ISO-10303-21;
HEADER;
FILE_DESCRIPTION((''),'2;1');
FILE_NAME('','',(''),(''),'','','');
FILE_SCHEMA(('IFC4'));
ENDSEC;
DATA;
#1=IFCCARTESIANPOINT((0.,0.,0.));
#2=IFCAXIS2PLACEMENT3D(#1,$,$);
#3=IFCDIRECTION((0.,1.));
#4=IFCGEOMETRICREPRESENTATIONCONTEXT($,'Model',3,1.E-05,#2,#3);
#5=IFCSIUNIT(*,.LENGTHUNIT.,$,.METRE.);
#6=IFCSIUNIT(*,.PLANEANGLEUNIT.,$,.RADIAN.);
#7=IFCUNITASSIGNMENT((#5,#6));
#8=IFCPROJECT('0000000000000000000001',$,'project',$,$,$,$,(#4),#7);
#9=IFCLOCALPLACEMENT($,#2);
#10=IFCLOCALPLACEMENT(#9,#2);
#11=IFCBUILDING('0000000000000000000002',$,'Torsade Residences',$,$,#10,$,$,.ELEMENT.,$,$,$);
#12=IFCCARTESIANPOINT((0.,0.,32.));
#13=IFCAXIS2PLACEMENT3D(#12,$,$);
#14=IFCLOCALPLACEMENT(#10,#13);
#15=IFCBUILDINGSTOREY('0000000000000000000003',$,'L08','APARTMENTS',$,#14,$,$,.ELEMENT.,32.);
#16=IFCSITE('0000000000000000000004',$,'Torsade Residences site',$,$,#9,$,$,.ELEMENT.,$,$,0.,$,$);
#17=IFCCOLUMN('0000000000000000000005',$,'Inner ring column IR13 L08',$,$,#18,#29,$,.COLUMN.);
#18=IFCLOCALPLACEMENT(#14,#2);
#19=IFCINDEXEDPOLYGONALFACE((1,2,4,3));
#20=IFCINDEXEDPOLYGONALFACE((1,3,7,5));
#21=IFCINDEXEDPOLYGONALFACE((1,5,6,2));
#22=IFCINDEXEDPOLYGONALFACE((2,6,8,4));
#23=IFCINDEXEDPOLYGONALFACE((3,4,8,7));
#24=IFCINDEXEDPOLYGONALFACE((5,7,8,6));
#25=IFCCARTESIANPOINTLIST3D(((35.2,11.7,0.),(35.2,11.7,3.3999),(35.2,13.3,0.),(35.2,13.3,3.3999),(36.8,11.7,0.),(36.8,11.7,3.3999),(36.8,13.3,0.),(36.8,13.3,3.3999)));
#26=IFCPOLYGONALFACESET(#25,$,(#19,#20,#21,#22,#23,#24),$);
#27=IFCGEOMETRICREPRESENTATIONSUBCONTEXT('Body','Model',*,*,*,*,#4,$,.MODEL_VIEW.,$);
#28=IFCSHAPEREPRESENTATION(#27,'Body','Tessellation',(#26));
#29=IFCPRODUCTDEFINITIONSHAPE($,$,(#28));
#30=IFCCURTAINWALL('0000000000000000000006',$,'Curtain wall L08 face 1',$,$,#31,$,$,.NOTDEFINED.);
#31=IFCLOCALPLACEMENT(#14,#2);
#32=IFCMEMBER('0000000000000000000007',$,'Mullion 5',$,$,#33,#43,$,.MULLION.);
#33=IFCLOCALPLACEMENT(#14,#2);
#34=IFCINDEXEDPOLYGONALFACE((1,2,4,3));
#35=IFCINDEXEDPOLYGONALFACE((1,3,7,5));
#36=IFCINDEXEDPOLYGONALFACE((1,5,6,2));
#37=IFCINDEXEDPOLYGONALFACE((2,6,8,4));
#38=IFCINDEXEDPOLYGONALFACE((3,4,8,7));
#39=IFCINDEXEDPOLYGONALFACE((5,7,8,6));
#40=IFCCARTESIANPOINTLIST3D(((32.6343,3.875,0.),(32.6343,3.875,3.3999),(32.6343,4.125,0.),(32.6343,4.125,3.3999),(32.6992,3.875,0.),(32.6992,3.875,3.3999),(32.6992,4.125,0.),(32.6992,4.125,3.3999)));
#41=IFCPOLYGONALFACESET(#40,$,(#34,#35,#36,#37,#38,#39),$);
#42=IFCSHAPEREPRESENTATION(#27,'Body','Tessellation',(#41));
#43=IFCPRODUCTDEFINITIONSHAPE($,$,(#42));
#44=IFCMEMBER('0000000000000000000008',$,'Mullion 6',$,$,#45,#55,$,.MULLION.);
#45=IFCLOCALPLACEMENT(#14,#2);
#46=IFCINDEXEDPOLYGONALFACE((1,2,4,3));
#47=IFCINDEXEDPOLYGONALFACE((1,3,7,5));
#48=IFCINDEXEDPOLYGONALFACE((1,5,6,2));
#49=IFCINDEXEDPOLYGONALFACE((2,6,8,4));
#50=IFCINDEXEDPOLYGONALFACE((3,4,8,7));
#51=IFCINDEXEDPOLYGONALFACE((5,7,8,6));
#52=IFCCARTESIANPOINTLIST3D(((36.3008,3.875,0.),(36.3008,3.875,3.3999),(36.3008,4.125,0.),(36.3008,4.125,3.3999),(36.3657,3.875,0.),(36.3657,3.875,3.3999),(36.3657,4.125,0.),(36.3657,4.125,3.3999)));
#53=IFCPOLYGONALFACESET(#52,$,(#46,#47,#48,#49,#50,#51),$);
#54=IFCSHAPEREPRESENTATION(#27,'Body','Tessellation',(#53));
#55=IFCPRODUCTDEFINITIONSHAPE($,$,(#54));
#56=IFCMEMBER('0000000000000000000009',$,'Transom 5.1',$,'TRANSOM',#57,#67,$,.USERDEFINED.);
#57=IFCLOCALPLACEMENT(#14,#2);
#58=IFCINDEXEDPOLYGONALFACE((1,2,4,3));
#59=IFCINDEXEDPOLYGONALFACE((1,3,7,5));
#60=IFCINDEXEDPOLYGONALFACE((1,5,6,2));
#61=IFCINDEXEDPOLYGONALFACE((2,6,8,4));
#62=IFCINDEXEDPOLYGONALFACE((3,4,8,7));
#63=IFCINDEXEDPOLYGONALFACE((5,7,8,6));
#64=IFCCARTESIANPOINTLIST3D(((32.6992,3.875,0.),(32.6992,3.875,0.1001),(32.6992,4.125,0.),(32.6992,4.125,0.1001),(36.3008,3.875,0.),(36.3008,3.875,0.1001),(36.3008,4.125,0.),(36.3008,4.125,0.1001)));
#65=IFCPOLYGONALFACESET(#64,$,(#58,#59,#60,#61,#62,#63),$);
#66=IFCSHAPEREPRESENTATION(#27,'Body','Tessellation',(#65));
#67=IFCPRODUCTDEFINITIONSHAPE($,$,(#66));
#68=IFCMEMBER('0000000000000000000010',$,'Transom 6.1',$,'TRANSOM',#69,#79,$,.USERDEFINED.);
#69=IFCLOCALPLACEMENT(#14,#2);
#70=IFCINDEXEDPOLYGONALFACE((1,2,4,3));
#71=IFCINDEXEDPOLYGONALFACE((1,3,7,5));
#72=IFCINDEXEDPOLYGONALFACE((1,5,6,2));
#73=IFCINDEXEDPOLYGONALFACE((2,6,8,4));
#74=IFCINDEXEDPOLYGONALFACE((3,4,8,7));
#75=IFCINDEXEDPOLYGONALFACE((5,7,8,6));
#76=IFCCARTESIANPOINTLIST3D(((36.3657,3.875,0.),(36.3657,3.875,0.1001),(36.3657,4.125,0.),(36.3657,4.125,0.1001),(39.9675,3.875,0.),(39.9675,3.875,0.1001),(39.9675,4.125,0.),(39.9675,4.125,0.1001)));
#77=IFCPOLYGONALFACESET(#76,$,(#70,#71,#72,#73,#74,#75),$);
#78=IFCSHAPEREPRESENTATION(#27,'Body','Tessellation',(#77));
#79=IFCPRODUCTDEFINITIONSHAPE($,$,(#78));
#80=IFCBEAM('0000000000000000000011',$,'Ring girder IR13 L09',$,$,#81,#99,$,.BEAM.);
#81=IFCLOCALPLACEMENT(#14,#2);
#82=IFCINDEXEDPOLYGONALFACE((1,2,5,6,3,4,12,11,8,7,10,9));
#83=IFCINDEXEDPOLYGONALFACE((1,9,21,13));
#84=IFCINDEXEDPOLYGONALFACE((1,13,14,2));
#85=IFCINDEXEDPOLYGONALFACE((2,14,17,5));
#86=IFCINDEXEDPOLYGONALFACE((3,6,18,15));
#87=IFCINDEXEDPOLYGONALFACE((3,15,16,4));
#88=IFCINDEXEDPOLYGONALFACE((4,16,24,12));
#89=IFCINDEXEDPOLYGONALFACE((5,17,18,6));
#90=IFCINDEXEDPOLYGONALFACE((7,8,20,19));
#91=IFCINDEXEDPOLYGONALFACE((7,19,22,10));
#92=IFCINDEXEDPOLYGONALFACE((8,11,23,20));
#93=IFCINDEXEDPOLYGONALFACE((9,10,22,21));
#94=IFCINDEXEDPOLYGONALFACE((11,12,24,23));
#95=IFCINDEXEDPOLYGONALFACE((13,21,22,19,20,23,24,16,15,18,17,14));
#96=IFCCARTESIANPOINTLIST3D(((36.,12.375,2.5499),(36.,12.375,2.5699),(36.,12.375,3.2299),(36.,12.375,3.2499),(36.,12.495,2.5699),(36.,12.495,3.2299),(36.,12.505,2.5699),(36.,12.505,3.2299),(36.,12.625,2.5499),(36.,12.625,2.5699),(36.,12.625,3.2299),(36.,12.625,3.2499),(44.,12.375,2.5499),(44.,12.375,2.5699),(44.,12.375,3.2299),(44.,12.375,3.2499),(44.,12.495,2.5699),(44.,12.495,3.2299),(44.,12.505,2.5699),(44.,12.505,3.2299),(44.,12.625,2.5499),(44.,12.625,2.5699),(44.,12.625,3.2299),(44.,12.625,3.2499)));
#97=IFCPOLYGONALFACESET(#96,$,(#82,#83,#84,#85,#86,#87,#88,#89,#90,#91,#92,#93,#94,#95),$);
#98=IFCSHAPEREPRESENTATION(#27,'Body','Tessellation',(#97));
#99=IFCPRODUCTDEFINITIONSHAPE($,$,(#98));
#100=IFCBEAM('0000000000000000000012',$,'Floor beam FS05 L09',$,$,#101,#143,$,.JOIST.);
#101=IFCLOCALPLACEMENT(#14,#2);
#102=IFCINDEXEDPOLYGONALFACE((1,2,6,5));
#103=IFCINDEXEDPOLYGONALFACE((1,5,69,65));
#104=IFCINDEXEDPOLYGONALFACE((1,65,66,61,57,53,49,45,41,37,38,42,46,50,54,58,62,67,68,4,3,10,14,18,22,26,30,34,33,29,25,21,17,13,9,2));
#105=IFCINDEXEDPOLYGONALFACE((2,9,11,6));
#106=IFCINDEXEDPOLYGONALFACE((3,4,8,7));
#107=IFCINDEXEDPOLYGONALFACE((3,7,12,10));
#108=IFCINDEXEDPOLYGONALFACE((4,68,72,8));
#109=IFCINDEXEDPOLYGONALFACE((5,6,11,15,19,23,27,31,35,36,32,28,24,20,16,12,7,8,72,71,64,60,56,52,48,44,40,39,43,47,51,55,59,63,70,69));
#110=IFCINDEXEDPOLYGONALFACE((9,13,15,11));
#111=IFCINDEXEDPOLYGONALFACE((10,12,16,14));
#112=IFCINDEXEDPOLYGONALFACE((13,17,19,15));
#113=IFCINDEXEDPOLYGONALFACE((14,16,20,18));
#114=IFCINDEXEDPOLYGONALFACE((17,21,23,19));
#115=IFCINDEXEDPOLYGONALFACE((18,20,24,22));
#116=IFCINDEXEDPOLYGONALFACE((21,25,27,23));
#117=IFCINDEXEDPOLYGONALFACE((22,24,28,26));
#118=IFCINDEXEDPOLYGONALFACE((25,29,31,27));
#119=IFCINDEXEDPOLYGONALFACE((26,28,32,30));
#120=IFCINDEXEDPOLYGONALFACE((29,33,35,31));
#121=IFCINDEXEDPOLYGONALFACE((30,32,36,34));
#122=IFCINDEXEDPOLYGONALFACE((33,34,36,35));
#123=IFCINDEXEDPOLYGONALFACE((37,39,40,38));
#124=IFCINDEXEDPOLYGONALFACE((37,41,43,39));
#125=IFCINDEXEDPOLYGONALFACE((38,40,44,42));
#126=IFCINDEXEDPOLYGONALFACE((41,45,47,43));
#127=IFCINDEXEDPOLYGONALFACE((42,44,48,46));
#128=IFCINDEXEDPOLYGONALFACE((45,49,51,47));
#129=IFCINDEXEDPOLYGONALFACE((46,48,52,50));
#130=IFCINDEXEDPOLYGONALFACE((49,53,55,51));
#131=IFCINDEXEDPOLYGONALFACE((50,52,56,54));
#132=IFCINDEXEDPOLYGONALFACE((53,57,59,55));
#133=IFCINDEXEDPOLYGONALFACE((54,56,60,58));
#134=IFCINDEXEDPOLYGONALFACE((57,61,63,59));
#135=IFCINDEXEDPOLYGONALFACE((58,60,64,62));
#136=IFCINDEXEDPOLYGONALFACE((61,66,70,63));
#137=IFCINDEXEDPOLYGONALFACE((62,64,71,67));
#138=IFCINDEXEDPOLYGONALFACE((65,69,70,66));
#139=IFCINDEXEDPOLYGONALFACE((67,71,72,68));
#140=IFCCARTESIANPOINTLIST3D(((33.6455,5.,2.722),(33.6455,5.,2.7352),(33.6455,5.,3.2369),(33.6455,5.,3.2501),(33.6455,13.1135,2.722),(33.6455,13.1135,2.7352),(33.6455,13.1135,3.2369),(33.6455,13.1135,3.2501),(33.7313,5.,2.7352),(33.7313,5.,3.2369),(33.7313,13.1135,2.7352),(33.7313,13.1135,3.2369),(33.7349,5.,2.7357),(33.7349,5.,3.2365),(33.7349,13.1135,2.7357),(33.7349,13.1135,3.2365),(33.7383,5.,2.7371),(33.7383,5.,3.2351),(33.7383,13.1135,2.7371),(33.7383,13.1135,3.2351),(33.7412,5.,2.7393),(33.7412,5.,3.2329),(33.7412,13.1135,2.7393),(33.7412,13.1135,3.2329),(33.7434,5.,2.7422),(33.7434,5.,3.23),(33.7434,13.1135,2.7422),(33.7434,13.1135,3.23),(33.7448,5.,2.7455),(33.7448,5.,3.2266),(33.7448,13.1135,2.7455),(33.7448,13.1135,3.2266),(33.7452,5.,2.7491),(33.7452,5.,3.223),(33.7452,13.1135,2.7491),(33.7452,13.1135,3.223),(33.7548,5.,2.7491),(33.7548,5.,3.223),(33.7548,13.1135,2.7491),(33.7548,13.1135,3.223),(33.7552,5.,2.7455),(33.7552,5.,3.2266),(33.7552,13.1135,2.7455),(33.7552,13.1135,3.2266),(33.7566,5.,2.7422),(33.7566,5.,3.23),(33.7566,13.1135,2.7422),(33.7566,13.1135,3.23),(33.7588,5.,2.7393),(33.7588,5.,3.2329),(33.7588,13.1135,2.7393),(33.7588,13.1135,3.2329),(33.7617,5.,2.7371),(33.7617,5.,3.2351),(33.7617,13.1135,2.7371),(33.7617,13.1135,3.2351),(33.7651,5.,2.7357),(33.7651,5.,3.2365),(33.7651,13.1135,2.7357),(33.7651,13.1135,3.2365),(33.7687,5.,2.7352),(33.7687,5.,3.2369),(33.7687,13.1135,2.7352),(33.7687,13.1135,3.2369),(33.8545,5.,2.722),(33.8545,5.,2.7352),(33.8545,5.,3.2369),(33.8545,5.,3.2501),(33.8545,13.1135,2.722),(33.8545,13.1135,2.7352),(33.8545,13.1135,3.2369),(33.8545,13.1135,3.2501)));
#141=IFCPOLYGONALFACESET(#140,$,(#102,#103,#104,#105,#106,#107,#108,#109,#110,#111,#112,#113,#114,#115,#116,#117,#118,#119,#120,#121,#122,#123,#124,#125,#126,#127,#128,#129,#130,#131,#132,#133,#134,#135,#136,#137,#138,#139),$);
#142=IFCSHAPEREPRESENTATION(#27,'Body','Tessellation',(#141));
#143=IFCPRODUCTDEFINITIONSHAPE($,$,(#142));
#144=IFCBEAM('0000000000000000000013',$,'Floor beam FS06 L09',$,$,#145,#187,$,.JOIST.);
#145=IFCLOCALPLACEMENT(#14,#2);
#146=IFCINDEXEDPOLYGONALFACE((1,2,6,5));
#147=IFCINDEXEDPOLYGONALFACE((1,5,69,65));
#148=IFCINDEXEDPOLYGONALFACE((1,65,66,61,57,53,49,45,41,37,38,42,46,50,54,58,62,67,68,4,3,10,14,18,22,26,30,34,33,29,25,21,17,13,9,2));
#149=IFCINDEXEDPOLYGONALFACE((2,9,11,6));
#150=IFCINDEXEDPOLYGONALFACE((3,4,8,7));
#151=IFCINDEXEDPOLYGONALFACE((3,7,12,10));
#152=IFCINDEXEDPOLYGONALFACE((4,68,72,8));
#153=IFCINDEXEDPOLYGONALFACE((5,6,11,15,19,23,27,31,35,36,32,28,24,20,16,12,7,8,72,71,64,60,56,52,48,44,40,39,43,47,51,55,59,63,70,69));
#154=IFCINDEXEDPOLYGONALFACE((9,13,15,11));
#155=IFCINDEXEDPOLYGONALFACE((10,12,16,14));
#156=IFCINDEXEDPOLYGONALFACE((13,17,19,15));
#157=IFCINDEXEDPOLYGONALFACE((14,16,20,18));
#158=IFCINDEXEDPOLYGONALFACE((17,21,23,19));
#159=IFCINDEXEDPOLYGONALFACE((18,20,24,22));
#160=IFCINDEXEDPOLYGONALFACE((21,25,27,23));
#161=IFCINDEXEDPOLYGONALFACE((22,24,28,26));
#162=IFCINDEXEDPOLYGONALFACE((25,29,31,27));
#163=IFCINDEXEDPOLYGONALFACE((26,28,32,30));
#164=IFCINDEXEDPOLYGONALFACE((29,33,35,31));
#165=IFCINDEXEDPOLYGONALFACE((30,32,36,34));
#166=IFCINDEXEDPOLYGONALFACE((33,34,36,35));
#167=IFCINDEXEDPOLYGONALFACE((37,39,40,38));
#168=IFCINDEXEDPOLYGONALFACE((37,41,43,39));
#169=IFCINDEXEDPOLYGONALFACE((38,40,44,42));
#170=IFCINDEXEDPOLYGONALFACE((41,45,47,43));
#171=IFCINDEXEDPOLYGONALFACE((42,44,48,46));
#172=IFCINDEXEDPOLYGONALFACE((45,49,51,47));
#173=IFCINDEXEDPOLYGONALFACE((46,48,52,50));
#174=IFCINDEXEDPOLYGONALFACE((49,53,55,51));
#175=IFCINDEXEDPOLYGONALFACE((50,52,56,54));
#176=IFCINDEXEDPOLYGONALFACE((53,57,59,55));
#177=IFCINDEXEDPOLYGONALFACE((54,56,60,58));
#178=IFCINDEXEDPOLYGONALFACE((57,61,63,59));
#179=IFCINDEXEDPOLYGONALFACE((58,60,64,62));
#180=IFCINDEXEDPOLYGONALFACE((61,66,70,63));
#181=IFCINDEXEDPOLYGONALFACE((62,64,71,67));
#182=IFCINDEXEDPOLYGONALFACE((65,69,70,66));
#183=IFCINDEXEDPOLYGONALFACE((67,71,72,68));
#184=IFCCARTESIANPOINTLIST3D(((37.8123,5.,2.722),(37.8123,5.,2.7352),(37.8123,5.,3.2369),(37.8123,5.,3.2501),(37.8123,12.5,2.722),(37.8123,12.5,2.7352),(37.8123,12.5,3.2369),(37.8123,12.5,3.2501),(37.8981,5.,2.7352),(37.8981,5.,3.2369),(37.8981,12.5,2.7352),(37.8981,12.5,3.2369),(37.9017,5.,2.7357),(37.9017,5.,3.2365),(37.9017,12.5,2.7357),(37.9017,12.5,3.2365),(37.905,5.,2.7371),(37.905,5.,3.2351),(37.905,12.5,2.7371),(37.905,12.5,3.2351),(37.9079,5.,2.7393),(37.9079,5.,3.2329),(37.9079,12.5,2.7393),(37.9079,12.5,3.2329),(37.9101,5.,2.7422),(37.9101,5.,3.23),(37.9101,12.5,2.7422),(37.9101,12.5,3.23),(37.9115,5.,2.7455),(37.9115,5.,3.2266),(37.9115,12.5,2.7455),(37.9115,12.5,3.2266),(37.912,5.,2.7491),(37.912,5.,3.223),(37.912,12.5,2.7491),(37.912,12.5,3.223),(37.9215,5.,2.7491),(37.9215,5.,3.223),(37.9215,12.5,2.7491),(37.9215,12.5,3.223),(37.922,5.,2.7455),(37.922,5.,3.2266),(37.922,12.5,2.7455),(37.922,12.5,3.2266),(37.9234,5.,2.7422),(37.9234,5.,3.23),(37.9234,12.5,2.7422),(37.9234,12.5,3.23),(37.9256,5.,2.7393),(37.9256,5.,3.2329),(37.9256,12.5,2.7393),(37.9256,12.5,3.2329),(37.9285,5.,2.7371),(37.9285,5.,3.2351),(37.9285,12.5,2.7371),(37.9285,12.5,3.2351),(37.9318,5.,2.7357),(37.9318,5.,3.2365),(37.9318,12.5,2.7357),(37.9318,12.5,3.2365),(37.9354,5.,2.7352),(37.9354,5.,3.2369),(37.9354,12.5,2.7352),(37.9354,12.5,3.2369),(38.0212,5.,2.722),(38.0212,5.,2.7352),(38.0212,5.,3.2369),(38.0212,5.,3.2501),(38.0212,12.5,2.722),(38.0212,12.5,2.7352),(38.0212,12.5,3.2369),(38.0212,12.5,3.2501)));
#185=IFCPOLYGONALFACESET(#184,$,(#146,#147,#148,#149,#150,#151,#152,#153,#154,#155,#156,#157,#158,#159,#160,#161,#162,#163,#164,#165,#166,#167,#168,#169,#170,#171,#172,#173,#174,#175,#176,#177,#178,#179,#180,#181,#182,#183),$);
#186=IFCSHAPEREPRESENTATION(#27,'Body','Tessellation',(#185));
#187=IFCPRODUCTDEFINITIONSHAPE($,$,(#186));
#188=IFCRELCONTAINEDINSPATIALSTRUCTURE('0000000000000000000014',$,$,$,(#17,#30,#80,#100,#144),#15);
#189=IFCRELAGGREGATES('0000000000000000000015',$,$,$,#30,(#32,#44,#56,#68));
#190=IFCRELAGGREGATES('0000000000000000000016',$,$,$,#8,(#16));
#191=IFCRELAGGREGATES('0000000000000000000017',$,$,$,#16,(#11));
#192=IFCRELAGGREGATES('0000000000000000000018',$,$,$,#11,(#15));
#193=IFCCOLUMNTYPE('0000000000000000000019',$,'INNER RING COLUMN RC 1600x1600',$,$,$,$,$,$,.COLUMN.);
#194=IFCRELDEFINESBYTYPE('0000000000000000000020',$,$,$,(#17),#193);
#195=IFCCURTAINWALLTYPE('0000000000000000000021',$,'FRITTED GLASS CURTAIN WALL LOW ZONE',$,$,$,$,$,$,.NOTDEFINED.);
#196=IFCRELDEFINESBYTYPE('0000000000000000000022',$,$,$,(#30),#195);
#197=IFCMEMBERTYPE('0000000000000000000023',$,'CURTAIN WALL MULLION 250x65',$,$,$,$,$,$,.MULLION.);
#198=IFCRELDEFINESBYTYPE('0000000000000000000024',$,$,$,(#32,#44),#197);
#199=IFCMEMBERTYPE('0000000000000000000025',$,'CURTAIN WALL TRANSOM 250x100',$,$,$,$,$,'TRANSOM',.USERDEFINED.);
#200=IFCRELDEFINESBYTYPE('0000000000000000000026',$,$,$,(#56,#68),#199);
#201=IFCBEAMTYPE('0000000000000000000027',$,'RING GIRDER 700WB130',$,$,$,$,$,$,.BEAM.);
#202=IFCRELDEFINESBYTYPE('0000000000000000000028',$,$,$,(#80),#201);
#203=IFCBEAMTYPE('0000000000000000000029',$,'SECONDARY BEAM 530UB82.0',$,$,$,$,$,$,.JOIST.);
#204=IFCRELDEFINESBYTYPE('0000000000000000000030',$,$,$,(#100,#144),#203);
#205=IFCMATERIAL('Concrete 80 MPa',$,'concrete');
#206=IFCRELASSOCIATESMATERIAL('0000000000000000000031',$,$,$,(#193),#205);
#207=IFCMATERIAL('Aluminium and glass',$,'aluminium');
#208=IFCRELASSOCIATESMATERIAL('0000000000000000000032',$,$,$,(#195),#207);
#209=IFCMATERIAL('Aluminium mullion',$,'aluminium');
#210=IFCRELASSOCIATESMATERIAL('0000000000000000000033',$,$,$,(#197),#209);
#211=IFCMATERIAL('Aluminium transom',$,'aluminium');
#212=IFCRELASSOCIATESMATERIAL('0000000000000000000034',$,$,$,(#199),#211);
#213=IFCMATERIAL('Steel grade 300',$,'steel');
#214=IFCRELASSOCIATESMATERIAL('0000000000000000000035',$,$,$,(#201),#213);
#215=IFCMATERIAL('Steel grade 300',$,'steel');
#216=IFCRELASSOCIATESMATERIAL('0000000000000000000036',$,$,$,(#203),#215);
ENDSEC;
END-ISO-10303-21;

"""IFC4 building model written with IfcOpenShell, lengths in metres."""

from ifc_helpers import new_model, si_unit, direction, frame, origin, origin_2d, place, context, subcontext, project, spatial, rectangle, i_section, extrude, material, material_profile, profile_set, type_object, element, aggregate, save


model = new_model("IFC4")

# Units and contexts
model_context = context("Model", 3, precision=1e-05, world=origin(), true_north=direction((0.0, 1.0)))
body_context = subcontext(model_context, "Body", "Model", "MODEL_VIEW")
ifc_project = project(units=[si_unit("LENGTHUNIT", "METRE"), si_unit("PLANEANGLEUNIT", "RADIAN")], contexts=[model_context])

# Site, building, storey
site_placement = place(None, origin())
site = spatial("IfcSite", under=ifc_project, at=site_placement, Name="Torsade Residences site", CompositionType="ELEMENT", RefElevation=0.0)
building_placement = place(site_placement, origin())
building = spatial("IfcBuilding", under=site, at=building_placement, Name="Torsade Residences", CompositionType="ELEMENT")
storey_placement = place(building_placement, frame((0.0, 0.0, 32.0)))
storey = spatial("IfcBuildingStorey", under=building, at=storey_placement, Name="L08", Description="APARTMENTS", CompositionType="ELEMENT", Elevation=32.0)

# Column
ifc_material_1 = material(Name="Concrete 80 MPa", Category="concrete")
ifc_material_profile_1 = material_profile(ifc_material_1, rectangle(XDim=1.6001, YDim=1.6001, at=origin_2d()), Name="RC 1600x1600")
ifc_profile_set_1 = profile_set([ifc_material_profile_1], Name="Concrete 80 MPa")
column_type = type_object("IfcColumnType", Name="INNER RING COLUMN RC 1600x1600", PredefinedType="COLUMN", material=ifc_profile_set_1)
column_placement = place(storey_placement, frame((36.0, 12.5, 0.0), z_axis=(0.0, 0.0, 1.0), x_axis=(1.0, 0.0, 0.0)))
element("IfcColumn", 1, at=column_placement, inside=storey, type_object=column_type, Name="Inner ring column IR13 L08", PredefinedType="COLUMN", context=body_context, shape_type="SweptSolid", body=[
    extrude(rectangle(XDim=1.6001, YDim=1.6001, at=origin_2d()), origin(), (0.0, 0.0, 1.0), 3.3999),
])

# Curtain wall, members
ifc_material_2 = material(Name="Aluminium and glass", Category="aluminium")
curtain_wall_type = type_object("IfcCurtainWallType", Name="FRITTED GLASS CURTAIN WALL LOW ZONE", PredefinedType="NOTDEFINED", material=ifc_material_2)
curtain_wall_placement = place(storey_placement, origin())
curtain_wall = element("IfcCurtainWall", 2, at=curtain_wall_placement, inside=storey, type_object=curtain_wall_type, Name="Curtain wall L08 face 1", PredefinedType="NOTDEFINED")
ifc_material_3 = material(Name="Aluminium mullion", Category="aluminium")
ifc_material_profile_2 = material_profile(ifc_material_3, rectangle(XDim=0.25, YDim=0.0649, at=origin_2d()), Name="CURTAIN WALL MULLION 250x65")
ifc_profile_set_2 = profile_set([ifc_material_profile_2], Name="Aluminium mullion")
member_type_1 = type_object("IfcMemberType", Name="CURTAIN WALL MULLION 250x65", PredefinedType="MULLION", material=ifc_profile_set_2)
member_1_placement = place(storey_placement, frame((32.6667, 4.0, 0.0), z_axis=(0.0, 0.0, 1.0), x_axis=(0.0, 1.0, 0.0)))
member_1 = element("IfcMember", 3, at=member_1_placement, type_object=member_type_1, Name="Mullion 5", PredefinedType="MULLION", context=body_context, shape_type="SweptSolid", body=[
    extrude(rectangle(XDim=0.25, YDim=0.0649, at=origin_2d()), origin(), (0.0, 0.0, 1.0), 3.3999),
])
member_2_placement = place(storey_placement, frame((36.3333, 4.0, 0.0), z_axis=(0.0, 0.0, 1.0), x_axis=(0.0, 1.0, 0.0)))
member_2 = element("IfcMember", 4, at=member_2_placement, type_object=member_type_1, Name="Mullion 6", PredefinedType="MULLION", context=body_context, shape_type="SweptSolid", body=[
    extrude(rectangle(XDim=0.25, YDim=0.0649, at=origin_2d()), origin(), (0.0, 0.0, 1.0), 3.3999),
])
ifc_material_4 = material(Name="Aluminium transom", Category="aluminium")
ifc_material_profile_3 = material_profile(ifc_material_4, rectangle(XDim=0.25, YDim=0.1001, at=origin_2d()), Name="CURTAIN WALL TRANSOM 250x100")
ifc_profile_set_3 = profile_set([ifc_material_profile_3], Name="Aluminium transom")
member_type_2 = type_object("IfcMemberType", Name="CURTAIN WALL TRANSOM 250x100", ElementType="TRANSOM", PredefinedType="USERDEFINED", material=ifc_profile_set_3)
member_3_placement = place(storey_placement, frame((32.6992, 4.0, 0.05), z_axis=(1.0, 0.0, 0.0), x_axis=(0.0, 1.0, 0.0)))
member_3 = element("IfcMember", 5, at=member_3_placement, type_object=member_type_2, Name="Transom 5.1", ObjectType="TRANSOM", PredefinedType="USERDEFINED", context=body_context, shape_type="SweptSolid", body=[
    extrude(rectangle(XDim=0.25, YDim=0.1001, at=origin_2d()), origin(), (0.0, 0.0, 1.0), 3.6016),
])
member_4_placement = place(storey_placement, frame((36.3657, 4.0, 0.05), z_axis=(1.0, 0.0, 0.0), x_axis=(0.0, 1.0, 0.0)))
member_4 = element("IfcMember", 6, at=member_4_placement, type_object=member_type_2, Name="Transom 6.1", ObjectType="TRANSOM", PredefinedType="USERDEFINED", context=body_context, shape_type="SweptSolid", body=[
    extrude(rectangle(XDim=0.25, YDim=0.1001, at=origin_2d()), origin(), (0.0, 0.0, 1.0), 3.6018),
])

# Beams
ifc_material_5 = material(Name="Steel grade 300", Category="steel")
ifc_material_profile_4 = material_profile(ifc_material_5, i_section(OverallWidth=0.25, OverallDepth=0.7, WebThickness=0.01, FlangeThickness=0.02, at=origin_2d()), Name="700WB130")
ifc_profile_set_4 = profile_set([ifc_material_profile_4], Name="Steel grade 300")
beam_type_1 = type_object("IfcBeamType", Name="RING GIRDER 700WB130", PredefinedType="BEAM", material=ifc_profile_set_4)
beam_1_placement = place(storey_placement, frame((36.0, 12.5, 2.8999), z_axis=(1.0, 0.0, 0.0), x_axis=(0.0, 1.0, 0.0)))
element("IfcBeam", 7, at=beam_1_placement, inside=storey, type_object=beam_type_1, Name="Ring girder IR13 L09", PredefinedType="BEAM", context=body_context, shape_type="SweptSolid", body=[
    extrude(i_section(OverallWidth=0.25, OverallDepth=0.7, WebThickness=0.01, FlangeThickness=0.02, at=origin_2d()), origin(), (0.0, 0.0, 1.0), 8.0),
])
ifc_material_6 = material(Name="Steel grade 300", Category="steel")
ifc_material_profile_5 = material_profile(ifc_material_6, i_section(OverallWidth=0.209, OverallDepth=0.5281, WebThickness=0.0095, FlangeThickness=0.0132, FilletRadius=0.0139, at=origin_2d()), Name="530UB82.0")
ifc_profile_set_5 = profile_set([ifc_material_profile_5], Name="Steel grade 300")
beam_type_2 = type_object("IfcBeamType", Name="SECONDARY BEAM 530UB82.0", PredefinedType="JOIST", material=ifc_profile_set_5)
beam_2_placement = place(storey_placement, frame((33.75, 5.0, 2.9861), z_axis=(0.0, 1.0, 0.0), x_axis=(-1.0, 0.0, 0.0)))
element("IfcBeam", 8, at=beam_2_placement, inside=storey, type_object=beam_type_2, Name="Floor beam FS05 L09", PredefinedType="JOIST", context=body_context, shape_type="SweptSolid", body=[
    extrude(i_section(OverallWidth=0.209, OverallDepth=0.5281, WebThickness=0.0095, FlangeThickness=0.0132, FilletRadius=0.0139, at=origin_2d()), origin(), (0.0, 0.0, 1.0), 8.1135),
])
beam_3_placement = place(storey_placement, frame((37.9167, 5.0, 2.9861), z_axis=(0.0, 1.0, 0.0), x_axis=(-1.0, 0.0, 0.0)))
element("IfcBeam", 9, at=beam_3_placement, inside=storey, type_object=beam_type_2, Name="Floor beam FS06 L09", PredefinedType="JOIST", context=body_context, shape_type="SweptSolid", body=[
    extrude(i_section(OverallWidth=0.209, OverallDepth=0.5281, WebThickness=0.0095, FlangeThickness=0.0132, FilletRadius=0.0139, at=origin_2d()), origin(), (0.0, 0.0, 1.0), 7.5),
])

aggregate(curtain_wall, [member_1, member_2, member_3, member_4])

save(model, "model.ifc")
